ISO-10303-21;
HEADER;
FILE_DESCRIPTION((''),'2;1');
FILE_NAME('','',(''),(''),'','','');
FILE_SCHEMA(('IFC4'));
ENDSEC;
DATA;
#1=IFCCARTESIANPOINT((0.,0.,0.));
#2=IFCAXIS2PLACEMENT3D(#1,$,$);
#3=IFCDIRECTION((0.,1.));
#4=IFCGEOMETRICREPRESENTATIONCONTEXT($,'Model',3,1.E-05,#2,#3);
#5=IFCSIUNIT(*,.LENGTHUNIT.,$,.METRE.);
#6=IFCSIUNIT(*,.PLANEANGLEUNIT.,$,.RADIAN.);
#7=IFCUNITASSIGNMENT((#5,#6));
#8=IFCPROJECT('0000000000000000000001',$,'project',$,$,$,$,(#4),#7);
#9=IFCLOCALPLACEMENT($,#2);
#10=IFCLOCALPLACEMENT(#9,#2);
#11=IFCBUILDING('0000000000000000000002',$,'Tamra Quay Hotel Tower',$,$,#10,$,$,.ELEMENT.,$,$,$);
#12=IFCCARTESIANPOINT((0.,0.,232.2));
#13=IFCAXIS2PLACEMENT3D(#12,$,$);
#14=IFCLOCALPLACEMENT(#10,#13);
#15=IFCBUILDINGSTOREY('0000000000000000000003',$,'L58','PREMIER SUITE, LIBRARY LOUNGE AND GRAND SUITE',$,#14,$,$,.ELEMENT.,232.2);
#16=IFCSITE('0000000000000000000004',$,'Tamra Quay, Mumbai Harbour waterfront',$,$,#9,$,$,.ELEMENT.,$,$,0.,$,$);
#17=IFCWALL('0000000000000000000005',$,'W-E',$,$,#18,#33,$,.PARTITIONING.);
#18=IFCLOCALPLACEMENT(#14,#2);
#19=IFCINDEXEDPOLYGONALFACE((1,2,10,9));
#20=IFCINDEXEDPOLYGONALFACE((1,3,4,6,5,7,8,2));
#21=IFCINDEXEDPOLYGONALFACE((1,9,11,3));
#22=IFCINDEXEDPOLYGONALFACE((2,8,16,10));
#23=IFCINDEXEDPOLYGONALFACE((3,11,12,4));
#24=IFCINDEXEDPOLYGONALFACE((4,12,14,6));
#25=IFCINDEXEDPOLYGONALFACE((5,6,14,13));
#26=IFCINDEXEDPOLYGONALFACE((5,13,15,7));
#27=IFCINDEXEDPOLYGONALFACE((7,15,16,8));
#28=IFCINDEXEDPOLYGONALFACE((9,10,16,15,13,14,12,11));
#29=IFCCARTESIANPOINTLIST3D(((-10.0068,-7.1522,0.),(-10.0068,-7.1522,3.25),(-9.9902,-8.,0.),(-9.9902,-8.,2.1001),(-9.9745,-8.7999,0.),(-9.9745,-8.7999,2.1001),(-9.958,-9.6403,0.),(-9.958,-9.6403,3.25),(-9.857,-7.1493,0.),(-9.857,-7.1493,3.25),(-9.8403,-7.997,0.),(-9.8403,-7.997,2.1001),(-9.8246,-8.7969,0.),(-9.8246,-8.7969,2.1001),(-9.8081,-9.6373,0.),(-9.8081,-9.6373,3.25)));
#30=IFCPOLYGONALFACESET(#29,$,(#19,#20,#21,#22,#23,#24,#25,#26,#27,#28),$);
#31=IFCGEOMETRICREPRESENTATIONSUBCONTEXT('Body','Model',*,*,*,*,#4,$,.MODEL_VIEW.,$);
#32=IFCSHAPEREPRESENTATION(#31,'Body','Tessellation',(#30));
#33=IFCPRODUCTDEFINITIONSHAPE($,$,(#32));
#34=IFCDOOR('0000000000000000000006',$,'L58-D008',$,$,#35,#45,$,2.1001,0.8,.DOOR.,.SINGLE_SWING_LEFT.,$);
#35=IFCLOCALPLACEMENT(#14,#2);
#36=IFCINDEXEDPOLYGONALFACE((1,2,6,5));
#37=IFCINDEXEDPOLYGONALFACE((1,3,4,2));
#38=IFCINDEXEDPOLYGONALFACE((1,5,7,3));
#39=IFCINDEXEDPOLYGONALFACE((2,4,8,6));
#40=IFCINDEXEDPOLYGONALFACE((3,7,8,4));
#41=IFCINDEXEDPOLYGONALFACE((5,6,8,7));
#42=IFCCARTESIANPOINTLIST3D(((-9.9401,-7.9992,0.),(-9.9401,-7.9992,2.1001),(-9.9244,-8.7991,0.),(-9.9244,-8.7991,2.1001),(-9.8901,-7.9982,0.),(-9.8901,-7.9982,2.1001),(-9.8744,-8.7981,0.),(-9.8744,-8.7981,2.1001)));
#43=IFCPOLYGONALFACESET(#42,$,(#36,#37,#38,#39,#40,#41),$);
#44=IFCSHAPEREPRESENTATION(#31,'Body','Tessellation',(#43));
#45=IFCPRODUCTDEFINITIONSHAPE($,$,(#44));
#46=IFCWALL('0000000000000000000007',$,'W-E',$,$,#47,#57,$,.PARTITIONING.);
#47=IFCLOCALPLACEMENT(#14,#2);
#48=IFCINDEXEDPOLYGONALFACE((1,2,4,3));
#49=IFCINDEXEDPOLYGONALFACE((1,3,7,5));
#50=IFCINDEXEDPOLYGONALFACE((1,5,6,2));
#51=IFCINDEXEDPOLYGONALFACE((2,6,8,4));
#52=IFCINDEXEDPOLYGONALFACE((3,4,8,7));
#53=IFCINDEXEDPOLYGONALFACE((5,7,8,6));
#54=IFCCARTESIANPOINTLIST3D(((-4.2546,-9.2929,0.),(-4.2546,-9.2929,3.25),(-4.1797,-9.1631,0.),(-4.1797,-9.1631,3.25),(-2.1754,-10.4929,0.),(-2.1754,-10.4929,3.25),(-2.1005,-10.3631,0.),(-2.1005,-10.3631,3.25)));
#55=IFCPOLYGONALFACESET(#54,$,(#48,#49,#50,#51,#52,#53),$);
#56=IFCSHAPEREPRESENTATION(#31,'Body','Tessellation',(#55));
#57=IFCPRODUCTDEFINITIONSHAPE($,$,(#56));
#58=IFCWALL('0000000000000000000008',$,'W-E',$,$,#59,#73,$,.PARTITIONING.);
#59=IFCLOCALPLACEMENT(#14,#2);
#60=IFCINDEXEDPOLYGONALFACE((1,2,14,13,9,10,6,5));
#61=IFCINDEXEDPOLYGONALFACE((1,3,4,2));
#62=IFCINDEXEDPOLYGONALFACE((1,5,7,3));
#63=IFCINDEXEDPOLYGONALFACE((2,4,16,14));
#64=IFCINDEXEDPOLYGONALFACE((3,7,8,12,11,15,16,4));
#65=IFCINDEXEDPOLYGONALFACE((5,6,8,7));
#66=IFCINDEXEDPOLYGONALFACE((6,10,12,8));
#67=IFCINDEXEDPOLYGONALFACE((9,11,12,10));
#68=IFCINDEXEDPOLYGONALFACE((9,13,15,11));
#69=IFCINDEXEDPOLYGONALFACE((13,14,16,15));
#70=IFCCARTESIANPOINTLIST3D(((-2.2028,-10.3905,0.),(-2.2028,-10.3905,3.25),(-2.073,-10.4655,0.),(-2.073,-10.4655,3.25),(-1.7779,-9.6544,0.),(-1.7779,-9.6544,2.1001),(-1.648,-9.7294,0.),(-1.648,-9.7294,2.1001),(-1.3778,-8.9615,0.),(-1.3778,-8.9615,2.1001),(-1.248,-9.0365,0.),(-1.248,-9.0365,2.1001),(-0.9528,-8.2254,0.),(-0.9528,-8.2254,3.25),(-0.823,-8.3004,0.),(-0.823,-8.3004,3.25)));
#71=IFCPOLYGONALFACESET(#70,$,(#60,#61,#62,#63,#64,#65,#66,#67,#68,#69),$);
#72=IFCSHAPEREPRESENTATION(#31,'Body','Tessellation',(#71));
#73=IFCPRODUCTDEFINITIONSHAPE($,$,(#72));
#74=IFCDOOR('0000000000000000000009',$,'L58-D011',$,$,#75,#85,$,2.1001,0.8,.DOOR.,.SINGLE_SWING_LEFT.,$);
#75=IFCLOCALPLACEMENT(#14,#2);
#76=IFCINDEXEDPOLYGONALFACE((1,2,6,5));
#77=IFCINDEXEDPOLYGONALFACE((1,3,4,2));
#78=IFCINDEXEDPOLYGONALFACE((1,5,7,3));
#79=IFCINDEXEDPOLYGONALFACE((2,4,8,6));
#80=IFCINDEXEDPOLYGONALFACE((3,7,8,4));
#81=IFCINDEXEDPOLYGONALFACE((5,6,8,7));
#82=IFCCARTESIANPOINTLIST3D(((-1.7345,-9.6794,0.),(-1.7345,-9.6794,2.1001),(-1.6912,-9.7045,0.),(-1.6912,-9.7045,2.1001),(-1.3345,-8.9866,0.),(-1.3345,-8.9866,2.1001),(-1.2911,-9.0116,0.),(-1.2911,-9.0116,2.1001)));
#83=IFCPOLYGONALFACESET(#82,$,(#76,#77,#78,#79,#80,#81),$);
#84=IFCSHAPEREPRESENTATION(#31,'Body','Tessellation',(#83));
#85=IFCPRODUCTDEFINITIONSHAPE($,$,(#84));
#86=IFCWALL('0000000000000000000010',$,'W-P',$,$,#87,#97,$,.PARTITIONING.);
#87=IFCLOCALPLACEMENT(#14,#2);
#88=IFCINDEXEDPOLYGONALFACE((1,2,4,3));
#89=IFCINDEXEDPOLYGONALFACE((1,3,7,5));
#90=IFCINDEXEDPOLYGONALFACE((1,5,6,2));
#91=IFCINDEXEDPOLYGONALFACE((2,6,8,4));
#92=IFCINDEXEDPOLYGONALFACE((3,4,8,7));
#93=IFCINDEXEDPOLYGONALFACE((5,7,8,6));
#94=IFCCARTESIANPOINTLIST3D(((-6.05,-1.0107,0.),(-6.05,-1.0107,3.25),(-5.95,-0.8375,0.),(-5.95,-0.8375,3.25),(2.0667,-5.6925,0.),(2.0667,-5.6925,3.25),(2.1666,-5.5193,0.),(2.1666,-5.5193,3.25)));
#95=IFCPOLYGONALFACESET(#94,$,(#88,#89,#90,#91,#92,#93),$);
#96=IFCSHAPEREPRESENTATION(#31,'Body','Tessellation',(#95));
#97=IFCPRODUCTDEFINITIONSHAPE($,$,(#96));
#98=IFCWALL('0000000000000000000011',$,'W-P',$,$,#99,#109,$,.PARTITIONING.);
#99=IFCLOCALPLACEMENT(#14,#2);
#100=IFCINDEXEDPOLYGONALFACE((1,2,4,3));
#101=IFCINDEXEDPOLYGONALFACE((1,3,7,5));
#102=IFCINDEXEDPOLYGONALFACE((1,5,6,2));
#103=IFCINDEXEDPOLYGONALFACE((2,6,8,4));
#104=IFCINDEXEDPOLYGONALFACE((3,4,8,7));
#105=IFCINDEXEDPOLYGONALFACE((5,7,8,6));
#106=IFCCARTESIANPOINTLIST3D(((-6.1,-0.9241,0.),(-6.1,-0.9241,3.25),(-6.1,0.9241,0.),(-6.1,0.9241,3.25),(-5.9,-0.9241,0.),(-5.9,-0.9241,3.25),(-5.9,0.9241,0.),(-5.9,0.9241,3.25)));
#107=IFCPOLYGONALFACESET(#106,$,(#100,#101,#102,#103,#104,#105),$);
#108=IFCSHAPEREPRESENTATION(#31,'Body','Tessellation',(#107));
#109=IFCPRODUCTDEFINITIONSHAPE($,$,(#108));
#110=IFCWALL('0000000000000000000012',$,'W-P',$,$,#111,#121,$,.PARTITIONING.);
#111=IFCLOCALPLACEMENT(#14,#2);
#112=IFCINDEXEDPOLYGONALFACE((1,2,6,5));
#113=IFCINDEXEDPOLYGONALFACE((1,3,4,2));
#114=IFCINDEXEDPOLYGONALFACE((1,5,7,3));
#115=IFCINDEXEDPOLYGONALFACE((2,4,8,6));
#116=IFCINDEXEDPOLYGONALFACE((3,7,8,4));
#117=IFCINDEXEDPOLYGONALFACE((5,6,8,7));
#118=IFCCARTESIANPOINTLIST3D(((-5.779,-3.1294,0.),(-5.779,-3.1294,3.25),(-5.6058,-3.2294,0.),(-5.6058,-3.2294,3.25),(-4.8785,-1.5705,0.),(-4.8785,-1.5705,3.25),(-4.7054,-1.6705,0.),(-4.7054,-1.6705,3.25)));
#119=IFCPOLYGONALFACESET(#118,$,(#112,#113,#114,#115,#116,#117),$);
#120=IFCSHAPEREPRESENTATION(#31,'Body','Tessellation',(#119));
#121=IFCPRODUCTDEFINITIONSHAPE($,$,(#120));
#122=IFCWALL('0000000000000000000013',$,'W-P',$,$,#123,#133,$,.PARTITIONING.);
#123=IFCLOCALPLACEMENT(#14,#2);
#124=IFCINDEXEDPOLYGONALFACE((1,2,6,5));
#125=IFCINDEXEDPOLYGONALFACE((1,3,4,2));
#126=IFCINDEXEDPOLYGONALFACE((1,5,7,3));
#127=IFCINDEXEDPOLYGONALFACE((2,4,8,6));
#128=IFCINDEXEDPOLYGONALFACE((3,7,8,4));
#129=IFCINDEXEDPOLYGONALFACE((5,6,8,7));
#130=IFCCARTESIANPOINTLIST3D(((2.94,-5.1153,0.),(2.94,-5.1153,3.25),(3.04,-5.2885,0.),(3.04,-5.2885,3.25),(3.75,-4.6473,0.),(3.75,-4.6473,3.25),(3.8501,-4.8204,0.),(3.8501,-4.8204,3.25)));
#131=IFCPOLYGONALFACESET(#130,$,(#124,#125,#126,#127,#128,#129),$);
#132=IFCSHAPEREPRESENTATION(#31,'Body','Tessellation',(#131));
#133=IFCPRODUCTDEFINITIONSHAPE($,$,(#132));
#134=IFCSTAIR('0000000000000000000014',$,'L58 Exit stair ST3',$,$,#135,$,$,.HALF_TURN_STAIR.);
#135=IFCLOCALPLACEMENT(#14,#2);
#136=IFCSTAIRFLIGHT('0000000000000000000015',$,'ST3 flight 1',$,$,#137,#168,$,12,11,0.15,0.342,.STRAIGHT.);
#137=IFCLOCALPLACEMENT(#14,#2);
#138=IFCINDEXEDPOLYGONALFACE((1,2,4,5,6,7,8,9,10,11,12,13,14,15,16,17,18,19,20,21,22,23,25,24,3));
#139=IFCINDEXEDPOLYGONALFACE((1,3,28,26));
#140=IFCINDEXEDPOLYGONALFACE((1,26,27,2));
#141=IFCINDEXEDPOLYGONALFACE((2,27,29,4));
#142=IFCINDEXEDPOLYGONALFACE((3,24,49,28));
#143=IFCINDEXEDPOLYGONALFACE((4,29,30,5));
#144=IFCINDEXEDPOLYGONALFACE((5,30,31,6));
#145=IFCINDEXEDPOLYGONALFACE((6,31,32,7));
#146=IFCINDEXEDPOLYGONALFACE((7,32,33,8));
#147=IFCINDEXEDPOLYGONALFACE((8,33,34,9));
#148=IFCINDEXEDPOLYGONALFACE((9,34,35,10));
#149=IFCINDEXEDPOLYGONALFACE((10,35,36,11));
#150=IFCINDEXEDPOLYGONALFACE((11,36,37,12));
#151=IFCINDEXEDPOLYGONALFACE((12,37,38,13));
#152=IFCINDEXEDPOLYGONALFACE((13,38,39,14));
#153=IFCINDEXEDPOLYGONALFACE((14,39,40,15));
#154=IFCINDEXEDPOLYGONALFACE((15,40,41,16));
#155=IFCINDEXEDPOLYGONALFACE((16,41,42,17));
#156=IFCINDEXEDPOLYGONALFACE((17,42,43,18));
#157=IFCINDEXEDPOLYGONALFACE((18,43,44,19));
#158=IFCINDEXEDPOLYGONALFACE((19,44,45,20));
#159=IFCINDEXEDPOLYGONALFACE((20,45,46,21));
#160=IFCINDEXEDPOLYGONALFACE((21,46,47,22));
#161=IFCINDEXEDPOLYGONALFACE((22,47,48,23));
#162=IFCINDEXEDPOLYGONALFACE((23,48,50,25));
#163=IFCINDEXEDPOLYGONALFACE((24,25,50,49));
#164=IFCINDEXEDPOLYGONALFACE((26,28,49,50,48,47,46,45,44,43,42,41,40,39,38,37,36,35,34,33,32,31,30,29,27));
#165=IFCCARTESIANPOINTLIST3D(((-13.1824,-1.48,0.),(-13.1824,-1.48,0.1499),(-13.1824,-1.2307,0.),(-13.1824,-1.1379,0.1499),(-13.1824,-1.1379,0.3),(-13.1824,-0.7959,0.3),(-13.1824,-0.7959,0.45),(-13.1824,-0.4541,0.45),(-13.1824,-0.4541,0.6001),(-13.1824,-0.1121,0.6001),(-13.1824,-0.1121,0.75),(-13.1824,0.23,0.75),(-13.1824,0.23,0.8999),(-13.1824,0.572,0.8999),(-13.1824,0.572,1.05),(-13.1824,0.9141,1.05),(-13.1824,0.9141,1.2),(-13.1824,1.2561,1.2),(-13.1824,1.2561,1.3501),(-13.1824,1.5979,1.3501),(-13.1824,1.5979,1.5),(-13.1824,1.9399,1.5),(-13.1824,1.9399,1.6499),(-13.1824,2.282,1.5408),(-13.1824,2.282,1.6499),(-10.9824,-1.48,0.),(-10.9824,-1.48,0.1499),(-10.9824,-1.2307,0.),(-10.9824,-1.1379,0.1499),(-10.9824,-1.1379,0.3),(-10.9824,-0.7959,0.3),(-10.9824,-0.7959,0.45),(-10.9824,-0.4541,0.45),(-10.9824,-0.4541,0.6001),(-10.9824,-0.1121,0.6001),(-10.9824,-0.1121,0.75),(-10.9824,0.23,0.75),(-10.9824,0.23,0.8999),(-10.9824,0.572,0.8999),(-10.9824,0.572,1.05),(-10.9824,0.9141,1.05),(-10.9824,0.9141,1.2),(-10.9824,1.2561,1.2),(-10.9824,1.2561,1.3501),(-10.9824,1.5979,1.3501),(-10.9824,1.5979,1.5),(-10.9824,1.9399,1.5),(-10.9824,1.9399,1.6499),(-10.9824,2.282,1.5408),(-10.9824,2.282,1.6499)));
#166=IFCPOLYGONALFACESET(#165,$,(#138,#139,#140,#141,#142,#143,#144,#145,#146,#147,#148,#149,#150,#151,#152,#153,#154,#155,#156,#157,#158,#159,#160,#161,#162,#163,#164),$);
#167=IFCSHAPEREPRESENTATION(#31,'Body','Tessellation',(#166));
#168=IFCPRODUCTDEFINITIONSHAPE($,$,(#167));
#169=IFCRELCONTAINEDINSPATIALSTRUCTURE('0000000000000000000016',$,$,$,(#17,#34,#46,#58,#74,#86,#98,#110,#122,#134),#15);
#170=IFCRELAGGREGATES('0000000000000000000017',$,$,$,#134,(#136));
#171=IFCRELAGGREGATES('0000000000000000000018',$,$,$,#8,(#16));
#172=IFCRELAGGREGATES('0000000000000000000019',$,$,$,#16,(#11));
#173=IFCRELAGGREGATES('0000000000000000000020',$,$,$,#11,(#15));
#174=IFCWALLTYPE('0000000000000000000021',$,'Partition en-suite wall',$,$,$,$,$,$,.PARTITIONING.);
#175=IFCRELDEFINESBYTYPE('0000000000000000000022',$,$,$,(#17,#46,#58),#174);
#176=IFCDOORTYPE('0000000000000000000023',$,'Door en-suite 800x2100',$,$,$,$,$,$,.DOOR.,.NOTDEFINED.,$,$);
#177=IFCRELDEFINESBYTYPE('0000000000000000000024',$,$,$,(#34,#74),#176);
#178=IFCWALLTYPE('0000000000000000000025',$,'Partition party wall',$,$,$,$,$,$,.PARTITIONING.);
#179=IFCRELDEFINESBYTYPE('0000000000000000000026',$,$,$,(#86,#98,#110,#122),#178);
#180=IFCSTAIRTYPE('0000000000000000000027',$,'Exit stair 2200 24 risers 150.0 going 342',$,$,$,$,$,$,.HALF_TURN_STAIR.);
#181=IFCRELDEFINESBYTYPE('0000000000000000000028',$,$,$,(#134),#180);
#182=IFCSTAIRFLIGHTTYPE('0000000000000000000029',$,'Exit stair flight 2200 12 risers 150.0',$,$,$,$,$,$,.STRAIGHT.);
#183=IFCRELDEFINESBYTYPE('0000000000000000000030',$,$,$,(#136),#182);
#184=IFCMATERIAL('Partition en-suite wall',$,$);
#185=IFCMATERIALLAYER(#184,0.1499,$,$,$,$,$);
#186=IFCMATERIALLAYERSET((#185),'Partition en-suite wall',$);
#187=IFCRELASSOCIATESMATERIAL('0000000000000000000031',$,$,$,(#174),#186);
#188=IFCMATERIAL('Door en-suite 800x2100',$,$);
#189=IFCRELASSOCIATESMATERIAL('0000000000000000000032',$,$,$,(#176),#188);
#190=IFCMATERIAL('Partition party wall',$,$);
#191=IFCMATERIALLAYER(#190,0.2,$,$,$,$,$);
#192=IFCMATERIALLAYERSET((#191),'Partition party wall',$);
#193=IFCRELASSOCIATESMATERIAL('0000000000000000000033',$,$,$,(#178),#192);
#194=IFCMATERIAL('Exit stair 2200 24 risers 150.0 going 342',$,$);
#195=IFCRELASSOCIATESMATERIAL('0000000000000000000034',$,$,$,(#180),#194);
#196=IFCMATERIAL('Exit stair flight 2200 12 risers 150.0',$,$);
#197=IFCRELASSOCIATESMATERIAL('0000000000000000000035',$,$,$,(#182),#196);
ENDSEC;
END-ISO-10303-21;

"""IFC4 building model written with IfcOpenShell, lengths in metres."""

from ifc_helpers import new_model, si_unit, direction, frame, frame_2d, origin, place, context, subcontext, project, spatial, polyline, rectangle, outline, extrude, material, layer, layer_set, type_object, element, fill, aggregate, save


model = new_model("IFC4")

# Units and contexts
model_context = context("Model", 3, precision=1e-05, world=origin(), true_north=direction((0.0, 1.0)))
body_context = subcontext(model_context, "Body", "Model", "MODEL_VIEW")
ifc_project = project(units=[si_unit("LENGTHUNIT", "METRE"), si_unit("PLANEANGLEUNIT", "RADIAN")], contexts=[model_context])

# Site, building, storey
site_placement = place(None, origin())
site = spatial("IfcSite", under=ifc_project, at=site_placement, Name="Tamra Quay, Mumbai Harbour waterfront", CompositionType="ELEMENT", RefElevation=0.0)
building_placement = place(site_placement, origin())
building = spatial("IfcBuilding", under=site, at=building_placement, Name="Tamra Quay Hotel Tower", CompositionType="ELEMENT")
storey_placement = place(building_placement, frame((0.0, 0.0, 232.2)))
storey = spatial("IfcBuildingStorey", under=building, at=storey_placement, Name="L58", Description="PREMIER SUITE, LIBRARY LOUNGE AND GRAND SUITE", CompositionType="ELEMENT", Elevation=232.2)

# Shared definitions
ifc_material_1 = material(Name="Partition en-suite wall")
ifc_layer_1 = layer(ifc_material_1, 0.1499)
ifc_layer_set_1 = layer_set([ifc_layer_1], Name="Partition en-suite wall")
wall_type_1 = type_object("IfcWallType", Name="Partition en-suite wall", PredefinedType="PARTITIONING", material=ifc_layer_set_1)

# Wall, opening, door
wall_1_placement = place(storey_placement, frame((-9.9319, -7.1509, 0.0), z_axis=(0.0, 0.0, 1.0), x_axis=(0.019621, -0.999807, 0.0)))
wall_1 = element("IfcWall", 1, at=wall_1_placement, inside=storey, type_object=wall_type_1, Name="W-E", PredefinedType="PARTITIONING", context=body_context, shape_type="SweptSolid", body=[
    extrude(rectangle(XDim=2.4885, YDim=0.1499, at=frame_2d((1.2441, 0.0))), origin(), (0.0, 0.0, 1.0), 3.25),
])
opening_1_placement = place(wall_1_placement, frame((0.8479, 0.0, 0.0)))
opening_1 = element("IfcOpeningElement", 2, at=opening_1_placement, cuts=wall_1, PredefinedType="OPENING", context=body_context, shape_type="SweptSolid", body=[
    extrude(rectangle(XDim=0.8, YDim=2.1001, at=frame_2d((0.3999, 1.05))), frame((0.0, 0.085, 0.0), z_axis=(0.0, -1.0, 0.0), x_axis=(1.0, 0.0, 0.0)), (0.0, 0.0, 1.0), 0.1699),
])
ifc_material_2 = material(Name="Door en-suite 800x2100")
door_type_1 = type_object("IfcDoorType", Name="Door en-suite 800x2100", OperationType="NOTDEFINED", PredefinedType="DOOR", material=ifc_material_2)
door_1_placement = place(opening_1_placement, frame((0.8, 0.0, 0.0), z_axis=(0.0, 0.0, 1.0), x_axis=(-1.0, 0.0, 0.0)))
door_1 = element("IfcDoor", 3, at=door_1_placement, inside=storey, type_object=door_type_1, Name="L58-D008", OperationType="SINGLE_SWING_LEFT", OverallHeight=2.1001, OverallWidth=0.8, PredefinedType="DOOR", context=body_context, shape_type="SweptSolid", body=[
    extrude(rectangle(XDim=0.8, YDim=2.1001, at=frame_2d((0.3999, 1.05))), frame((0.0, 0.0249, 0.0), z_axis=(0.0, -1.0, 0.0), x_axis=(1.0, 0.0, 0.0)), (0.0, 0.0, 1.0), 0.05),
])
fill(opening_1, door_1)

# Wall
wall_2_placement = place(storey_placement, frame((-4.217, -9.228, 0.0), z_axis=(0.0, 0.0, 1.0), x_axis=(0.866101, -0.499869, 0.0)))
element("IfcWall", 4, at=wall_2_placement, inside=storey, type_object=wall_type_1, Name="W-E", PredefinedType="PARTITIONING", context=body_context, shape_type="SweptSolid", body=[
    extrude(rectangle(XDim=2.4006, YDim=0.1499, at=frame_2d((1.2002, 0.0))), origin(), (0.0, 0.0, 1.0), 3.25),
])

# Wall, opening, door
wall_3_placement = place(storey_placement, frame((-2.1379, -10.428, 0.0), z_axis=(0.0, 0.0, 1.0), x_axis=(0.500004, 0.866023, 0.0)))
wall_3 = element("IfcWall", 5, at=wall_3_placement, inside=storey, type_object=wall_type_1, Name="W-E", PredefinedType="PARTITIONING", context=body_context, shape_type="SweptSolid", body=[
    extrude(rectangle(XDim=2.5, YDim=0.1499, at=frame_2d((1.25, 0.0))), origin(), (0.0, 0.0, 1.0), 3.25),
])
opening_2_placement = place(wall_3_placement, frame((0.8501, 0.0, 0.0)))
opening_2 = element("IfcOpeningElement", 6, at=opening_2_placement, cuts=wall_3, PredefinedType="OPENING", context=body_context, shape_type="SweptSolid", body=[
    extrude(rectangle(XDim=0.8, YDim=2.1001, at=frame_2d((0.3999, 1.05))), frame((0.0, 0.085, 0.0), z_axis=(0.0, -1.0, 0.0), x_axis=(1.0, 0.0, 0.0)), (0.0, 0.0, 1.0), 0.1699),
])
door_2_placement = place(opening_2_placement, origin())
door_2 = element("IfcDoor", 7, at=door_2_placement, inside=storey, type_object=door_type_1, Name="L58-D011", OperationType="SINGLE_SWING_LEFT", OverallHeight=2.1001, OverallWidth=0.8, PredefinedType="DOOR", context=body_context, shape_type="SweptSolid", body=[
    extrude(rectangle(XDim=0.8, YDim=2.1001, at=frame_2d((0.3999, 1.05))), frame((0.0, 0.0249, 0.0), z_axis=(0.0, -1.0, 0.0), x_axis=(1.0, 0.0, 0.0)), (0.0, 0.0, 1.0), 0.05),
])
fill(opening_2, door_2)

# Walls
ifc_material_3 = material(Name="Partition party wall")
ifc_layer_2 = layer(ifc_material_3, 0.2)
ifc_layer_set_2 = layer_set([ifc_layer_2], Name="Partition party wall")
wall_type_2 = type_object("IfcWallType", Name="Partition party wall", PredefinedType="PARTITIONING", material=ifc_layer_set_2)
wall_4_placement = place(storey_placement, frame((-6.0, -0.9241, 0.0), z_axis=(0.0, 0.0, 1.0), x_axis=(0.866224, -0.499656, 0.0)))
element("IfcWall", 8, at=wall_4_placement, inside=storey, type_object=wall_type_2, Name="W-P", PredefinedType="PARTITIONING", context=body_context, shape_type="SweptSolid", body=[
    extrude(rectangle(XDim=9.3701, YDim=0.2, at=frame_2d((4.6851, 0.0))), origin(), (0.0, 0.0, 1.0), 3.25),
])
wall_5_placement = place(storey_placement, frame((-6.0, -0.9241, 0.0), z_axis=(0.0, 0.0, 1.0), x_axis=(0.0, 1.0, 0.0)))
element("IfcWall", 9, at=wall_5_placement, inside=storey, type_object=wall_type_2, Name="W-P", PredefinedType="PARTITIONING", context=body_context, shape_type="SweptSolid", body=[
    extrude(rectangle(XDim=1.8481, YDim=0.2, at=frame_2d((0.9241, 0.0))), origin(), (0.0, 0.0, 1.0), 3.25),
])
wall_6_placement = place(storey_placement, frame((-5.6924, -3.1794, 0.0), z_axis=(0.0, 0.0, 1.0), x_axis=(0.500165, 0.86593, 0.0)))
element("IfcWall", 10, at=wall_6_placement, inside=storey, type_object=wall_type_2, Name="W-P", PredefinedType="PARTITIONING", context=body_context, shape_type="SweptSolid", body=[
    extrude(rectangle(XDim=1.8003, YDim=0.2, at=frame_2d((0.9001, 0.0))), origin(), (0.0, 0.0, 1.0), 3.25),
])
wall_7_placement = place(storey_placement, frame((2.99, -5.2019, 0.0), z_axis=(0.0, 0.0, 1.0), x_axis=(0.865873, 0.500265, 0.0)))
element("IfcWall", 11, at=wall_7_placement, inside=storey, type_object=wall_type_2, Name="W-P", PredefinedType="PARTITIONING", context=body_context, shape_type="SweptSolid", body=[
    extrude(rectangle(XDim=0.9355, YDim=0.2, at=frame_2d((0.4678, 0.0))), origin(), (0.0, 0.0, 1.0), 3.25),
])

# Stair, stair flight
ifc_material_4 = material(Name="Exit stair 2200 24 risers 150.0 going 342")
stair_type = type_object("IfcStairType", Name="Exit stair 2200 24 risers 150.0 going 342", PredefinedType="HALF_TURN_STAIR", material=ifc_material_4)
stair_placement = place(storey_placement, origin())
stair = element("IfcStair", 12, at=stair_placement, inside=storey, type_object=stair_type, Name="L58 Exit stair ST3", PredefinedType="HALF_TURN_STAIR")
ifc_material_5 = material(Name="Exit stair flight 2200 12 risers 150.0")
stair_flight_type = type_object("IfcStairFlightType", Name="Exit stair flight 2200 12 risers 150.0", PredefinedType="STRAIGHT", material=ifc_material_5)
stair_flight_placement = place(storey_placement, frame((-12.0823, -1.48, 0.0), z_axis=(0.0, 0.0, 1.0), x_axis=(0.0, 1.0, 0.0)))
stair_flight = element("IfcStairFlight", 13, at=stair_flight_placement, type_object=stair_flight_type, Name="ST3 flight 1", NumberOfRisers=12, NumberOfTreads=11, PredefinedType="STRAIGHT", RiserHeight=0.15, TreadLength=0.342, context=body_context, shape_type="SweptSolid", body=[
    extrude(outline(polyline([(0.0, 0.0), (0.0, 0.1499), (0.342, 0.1499), (0.342, 0.3), (0.6841, 0.3), (0.6841, 0.45), (1.0259, 0.45), (1.0259, 0.6001), (1.3679, 0.6001), (1.3679, 0.75), (1.71, 0.75), (1.71, 0.8999), (2.052, 0.8999), (2.052, 1.05), (2.394, 1.05), (2.394, 1.2), (2.7361, 1.2), (2.7361, 1.3501), (3.0779, 1.3501), (3.0779, 1.5), (3.4199, 1.5), (3.4199, 1.6499), (3.762, 1.6499), (3.762, 1.8), (3.762, 1.5408), (0.2493, 0.0), (0.0, 0.0)])), frame((0.0, 1.1001, 0.0), z_axis=(0.0, -1.0, 0.0), x_axis=(1.0, 0.0, 0.0)), (0.0, 0.0, 1.0), 2.2),
])
aggregate(stair, [stair_flight])

save(model, "model.ifc")
